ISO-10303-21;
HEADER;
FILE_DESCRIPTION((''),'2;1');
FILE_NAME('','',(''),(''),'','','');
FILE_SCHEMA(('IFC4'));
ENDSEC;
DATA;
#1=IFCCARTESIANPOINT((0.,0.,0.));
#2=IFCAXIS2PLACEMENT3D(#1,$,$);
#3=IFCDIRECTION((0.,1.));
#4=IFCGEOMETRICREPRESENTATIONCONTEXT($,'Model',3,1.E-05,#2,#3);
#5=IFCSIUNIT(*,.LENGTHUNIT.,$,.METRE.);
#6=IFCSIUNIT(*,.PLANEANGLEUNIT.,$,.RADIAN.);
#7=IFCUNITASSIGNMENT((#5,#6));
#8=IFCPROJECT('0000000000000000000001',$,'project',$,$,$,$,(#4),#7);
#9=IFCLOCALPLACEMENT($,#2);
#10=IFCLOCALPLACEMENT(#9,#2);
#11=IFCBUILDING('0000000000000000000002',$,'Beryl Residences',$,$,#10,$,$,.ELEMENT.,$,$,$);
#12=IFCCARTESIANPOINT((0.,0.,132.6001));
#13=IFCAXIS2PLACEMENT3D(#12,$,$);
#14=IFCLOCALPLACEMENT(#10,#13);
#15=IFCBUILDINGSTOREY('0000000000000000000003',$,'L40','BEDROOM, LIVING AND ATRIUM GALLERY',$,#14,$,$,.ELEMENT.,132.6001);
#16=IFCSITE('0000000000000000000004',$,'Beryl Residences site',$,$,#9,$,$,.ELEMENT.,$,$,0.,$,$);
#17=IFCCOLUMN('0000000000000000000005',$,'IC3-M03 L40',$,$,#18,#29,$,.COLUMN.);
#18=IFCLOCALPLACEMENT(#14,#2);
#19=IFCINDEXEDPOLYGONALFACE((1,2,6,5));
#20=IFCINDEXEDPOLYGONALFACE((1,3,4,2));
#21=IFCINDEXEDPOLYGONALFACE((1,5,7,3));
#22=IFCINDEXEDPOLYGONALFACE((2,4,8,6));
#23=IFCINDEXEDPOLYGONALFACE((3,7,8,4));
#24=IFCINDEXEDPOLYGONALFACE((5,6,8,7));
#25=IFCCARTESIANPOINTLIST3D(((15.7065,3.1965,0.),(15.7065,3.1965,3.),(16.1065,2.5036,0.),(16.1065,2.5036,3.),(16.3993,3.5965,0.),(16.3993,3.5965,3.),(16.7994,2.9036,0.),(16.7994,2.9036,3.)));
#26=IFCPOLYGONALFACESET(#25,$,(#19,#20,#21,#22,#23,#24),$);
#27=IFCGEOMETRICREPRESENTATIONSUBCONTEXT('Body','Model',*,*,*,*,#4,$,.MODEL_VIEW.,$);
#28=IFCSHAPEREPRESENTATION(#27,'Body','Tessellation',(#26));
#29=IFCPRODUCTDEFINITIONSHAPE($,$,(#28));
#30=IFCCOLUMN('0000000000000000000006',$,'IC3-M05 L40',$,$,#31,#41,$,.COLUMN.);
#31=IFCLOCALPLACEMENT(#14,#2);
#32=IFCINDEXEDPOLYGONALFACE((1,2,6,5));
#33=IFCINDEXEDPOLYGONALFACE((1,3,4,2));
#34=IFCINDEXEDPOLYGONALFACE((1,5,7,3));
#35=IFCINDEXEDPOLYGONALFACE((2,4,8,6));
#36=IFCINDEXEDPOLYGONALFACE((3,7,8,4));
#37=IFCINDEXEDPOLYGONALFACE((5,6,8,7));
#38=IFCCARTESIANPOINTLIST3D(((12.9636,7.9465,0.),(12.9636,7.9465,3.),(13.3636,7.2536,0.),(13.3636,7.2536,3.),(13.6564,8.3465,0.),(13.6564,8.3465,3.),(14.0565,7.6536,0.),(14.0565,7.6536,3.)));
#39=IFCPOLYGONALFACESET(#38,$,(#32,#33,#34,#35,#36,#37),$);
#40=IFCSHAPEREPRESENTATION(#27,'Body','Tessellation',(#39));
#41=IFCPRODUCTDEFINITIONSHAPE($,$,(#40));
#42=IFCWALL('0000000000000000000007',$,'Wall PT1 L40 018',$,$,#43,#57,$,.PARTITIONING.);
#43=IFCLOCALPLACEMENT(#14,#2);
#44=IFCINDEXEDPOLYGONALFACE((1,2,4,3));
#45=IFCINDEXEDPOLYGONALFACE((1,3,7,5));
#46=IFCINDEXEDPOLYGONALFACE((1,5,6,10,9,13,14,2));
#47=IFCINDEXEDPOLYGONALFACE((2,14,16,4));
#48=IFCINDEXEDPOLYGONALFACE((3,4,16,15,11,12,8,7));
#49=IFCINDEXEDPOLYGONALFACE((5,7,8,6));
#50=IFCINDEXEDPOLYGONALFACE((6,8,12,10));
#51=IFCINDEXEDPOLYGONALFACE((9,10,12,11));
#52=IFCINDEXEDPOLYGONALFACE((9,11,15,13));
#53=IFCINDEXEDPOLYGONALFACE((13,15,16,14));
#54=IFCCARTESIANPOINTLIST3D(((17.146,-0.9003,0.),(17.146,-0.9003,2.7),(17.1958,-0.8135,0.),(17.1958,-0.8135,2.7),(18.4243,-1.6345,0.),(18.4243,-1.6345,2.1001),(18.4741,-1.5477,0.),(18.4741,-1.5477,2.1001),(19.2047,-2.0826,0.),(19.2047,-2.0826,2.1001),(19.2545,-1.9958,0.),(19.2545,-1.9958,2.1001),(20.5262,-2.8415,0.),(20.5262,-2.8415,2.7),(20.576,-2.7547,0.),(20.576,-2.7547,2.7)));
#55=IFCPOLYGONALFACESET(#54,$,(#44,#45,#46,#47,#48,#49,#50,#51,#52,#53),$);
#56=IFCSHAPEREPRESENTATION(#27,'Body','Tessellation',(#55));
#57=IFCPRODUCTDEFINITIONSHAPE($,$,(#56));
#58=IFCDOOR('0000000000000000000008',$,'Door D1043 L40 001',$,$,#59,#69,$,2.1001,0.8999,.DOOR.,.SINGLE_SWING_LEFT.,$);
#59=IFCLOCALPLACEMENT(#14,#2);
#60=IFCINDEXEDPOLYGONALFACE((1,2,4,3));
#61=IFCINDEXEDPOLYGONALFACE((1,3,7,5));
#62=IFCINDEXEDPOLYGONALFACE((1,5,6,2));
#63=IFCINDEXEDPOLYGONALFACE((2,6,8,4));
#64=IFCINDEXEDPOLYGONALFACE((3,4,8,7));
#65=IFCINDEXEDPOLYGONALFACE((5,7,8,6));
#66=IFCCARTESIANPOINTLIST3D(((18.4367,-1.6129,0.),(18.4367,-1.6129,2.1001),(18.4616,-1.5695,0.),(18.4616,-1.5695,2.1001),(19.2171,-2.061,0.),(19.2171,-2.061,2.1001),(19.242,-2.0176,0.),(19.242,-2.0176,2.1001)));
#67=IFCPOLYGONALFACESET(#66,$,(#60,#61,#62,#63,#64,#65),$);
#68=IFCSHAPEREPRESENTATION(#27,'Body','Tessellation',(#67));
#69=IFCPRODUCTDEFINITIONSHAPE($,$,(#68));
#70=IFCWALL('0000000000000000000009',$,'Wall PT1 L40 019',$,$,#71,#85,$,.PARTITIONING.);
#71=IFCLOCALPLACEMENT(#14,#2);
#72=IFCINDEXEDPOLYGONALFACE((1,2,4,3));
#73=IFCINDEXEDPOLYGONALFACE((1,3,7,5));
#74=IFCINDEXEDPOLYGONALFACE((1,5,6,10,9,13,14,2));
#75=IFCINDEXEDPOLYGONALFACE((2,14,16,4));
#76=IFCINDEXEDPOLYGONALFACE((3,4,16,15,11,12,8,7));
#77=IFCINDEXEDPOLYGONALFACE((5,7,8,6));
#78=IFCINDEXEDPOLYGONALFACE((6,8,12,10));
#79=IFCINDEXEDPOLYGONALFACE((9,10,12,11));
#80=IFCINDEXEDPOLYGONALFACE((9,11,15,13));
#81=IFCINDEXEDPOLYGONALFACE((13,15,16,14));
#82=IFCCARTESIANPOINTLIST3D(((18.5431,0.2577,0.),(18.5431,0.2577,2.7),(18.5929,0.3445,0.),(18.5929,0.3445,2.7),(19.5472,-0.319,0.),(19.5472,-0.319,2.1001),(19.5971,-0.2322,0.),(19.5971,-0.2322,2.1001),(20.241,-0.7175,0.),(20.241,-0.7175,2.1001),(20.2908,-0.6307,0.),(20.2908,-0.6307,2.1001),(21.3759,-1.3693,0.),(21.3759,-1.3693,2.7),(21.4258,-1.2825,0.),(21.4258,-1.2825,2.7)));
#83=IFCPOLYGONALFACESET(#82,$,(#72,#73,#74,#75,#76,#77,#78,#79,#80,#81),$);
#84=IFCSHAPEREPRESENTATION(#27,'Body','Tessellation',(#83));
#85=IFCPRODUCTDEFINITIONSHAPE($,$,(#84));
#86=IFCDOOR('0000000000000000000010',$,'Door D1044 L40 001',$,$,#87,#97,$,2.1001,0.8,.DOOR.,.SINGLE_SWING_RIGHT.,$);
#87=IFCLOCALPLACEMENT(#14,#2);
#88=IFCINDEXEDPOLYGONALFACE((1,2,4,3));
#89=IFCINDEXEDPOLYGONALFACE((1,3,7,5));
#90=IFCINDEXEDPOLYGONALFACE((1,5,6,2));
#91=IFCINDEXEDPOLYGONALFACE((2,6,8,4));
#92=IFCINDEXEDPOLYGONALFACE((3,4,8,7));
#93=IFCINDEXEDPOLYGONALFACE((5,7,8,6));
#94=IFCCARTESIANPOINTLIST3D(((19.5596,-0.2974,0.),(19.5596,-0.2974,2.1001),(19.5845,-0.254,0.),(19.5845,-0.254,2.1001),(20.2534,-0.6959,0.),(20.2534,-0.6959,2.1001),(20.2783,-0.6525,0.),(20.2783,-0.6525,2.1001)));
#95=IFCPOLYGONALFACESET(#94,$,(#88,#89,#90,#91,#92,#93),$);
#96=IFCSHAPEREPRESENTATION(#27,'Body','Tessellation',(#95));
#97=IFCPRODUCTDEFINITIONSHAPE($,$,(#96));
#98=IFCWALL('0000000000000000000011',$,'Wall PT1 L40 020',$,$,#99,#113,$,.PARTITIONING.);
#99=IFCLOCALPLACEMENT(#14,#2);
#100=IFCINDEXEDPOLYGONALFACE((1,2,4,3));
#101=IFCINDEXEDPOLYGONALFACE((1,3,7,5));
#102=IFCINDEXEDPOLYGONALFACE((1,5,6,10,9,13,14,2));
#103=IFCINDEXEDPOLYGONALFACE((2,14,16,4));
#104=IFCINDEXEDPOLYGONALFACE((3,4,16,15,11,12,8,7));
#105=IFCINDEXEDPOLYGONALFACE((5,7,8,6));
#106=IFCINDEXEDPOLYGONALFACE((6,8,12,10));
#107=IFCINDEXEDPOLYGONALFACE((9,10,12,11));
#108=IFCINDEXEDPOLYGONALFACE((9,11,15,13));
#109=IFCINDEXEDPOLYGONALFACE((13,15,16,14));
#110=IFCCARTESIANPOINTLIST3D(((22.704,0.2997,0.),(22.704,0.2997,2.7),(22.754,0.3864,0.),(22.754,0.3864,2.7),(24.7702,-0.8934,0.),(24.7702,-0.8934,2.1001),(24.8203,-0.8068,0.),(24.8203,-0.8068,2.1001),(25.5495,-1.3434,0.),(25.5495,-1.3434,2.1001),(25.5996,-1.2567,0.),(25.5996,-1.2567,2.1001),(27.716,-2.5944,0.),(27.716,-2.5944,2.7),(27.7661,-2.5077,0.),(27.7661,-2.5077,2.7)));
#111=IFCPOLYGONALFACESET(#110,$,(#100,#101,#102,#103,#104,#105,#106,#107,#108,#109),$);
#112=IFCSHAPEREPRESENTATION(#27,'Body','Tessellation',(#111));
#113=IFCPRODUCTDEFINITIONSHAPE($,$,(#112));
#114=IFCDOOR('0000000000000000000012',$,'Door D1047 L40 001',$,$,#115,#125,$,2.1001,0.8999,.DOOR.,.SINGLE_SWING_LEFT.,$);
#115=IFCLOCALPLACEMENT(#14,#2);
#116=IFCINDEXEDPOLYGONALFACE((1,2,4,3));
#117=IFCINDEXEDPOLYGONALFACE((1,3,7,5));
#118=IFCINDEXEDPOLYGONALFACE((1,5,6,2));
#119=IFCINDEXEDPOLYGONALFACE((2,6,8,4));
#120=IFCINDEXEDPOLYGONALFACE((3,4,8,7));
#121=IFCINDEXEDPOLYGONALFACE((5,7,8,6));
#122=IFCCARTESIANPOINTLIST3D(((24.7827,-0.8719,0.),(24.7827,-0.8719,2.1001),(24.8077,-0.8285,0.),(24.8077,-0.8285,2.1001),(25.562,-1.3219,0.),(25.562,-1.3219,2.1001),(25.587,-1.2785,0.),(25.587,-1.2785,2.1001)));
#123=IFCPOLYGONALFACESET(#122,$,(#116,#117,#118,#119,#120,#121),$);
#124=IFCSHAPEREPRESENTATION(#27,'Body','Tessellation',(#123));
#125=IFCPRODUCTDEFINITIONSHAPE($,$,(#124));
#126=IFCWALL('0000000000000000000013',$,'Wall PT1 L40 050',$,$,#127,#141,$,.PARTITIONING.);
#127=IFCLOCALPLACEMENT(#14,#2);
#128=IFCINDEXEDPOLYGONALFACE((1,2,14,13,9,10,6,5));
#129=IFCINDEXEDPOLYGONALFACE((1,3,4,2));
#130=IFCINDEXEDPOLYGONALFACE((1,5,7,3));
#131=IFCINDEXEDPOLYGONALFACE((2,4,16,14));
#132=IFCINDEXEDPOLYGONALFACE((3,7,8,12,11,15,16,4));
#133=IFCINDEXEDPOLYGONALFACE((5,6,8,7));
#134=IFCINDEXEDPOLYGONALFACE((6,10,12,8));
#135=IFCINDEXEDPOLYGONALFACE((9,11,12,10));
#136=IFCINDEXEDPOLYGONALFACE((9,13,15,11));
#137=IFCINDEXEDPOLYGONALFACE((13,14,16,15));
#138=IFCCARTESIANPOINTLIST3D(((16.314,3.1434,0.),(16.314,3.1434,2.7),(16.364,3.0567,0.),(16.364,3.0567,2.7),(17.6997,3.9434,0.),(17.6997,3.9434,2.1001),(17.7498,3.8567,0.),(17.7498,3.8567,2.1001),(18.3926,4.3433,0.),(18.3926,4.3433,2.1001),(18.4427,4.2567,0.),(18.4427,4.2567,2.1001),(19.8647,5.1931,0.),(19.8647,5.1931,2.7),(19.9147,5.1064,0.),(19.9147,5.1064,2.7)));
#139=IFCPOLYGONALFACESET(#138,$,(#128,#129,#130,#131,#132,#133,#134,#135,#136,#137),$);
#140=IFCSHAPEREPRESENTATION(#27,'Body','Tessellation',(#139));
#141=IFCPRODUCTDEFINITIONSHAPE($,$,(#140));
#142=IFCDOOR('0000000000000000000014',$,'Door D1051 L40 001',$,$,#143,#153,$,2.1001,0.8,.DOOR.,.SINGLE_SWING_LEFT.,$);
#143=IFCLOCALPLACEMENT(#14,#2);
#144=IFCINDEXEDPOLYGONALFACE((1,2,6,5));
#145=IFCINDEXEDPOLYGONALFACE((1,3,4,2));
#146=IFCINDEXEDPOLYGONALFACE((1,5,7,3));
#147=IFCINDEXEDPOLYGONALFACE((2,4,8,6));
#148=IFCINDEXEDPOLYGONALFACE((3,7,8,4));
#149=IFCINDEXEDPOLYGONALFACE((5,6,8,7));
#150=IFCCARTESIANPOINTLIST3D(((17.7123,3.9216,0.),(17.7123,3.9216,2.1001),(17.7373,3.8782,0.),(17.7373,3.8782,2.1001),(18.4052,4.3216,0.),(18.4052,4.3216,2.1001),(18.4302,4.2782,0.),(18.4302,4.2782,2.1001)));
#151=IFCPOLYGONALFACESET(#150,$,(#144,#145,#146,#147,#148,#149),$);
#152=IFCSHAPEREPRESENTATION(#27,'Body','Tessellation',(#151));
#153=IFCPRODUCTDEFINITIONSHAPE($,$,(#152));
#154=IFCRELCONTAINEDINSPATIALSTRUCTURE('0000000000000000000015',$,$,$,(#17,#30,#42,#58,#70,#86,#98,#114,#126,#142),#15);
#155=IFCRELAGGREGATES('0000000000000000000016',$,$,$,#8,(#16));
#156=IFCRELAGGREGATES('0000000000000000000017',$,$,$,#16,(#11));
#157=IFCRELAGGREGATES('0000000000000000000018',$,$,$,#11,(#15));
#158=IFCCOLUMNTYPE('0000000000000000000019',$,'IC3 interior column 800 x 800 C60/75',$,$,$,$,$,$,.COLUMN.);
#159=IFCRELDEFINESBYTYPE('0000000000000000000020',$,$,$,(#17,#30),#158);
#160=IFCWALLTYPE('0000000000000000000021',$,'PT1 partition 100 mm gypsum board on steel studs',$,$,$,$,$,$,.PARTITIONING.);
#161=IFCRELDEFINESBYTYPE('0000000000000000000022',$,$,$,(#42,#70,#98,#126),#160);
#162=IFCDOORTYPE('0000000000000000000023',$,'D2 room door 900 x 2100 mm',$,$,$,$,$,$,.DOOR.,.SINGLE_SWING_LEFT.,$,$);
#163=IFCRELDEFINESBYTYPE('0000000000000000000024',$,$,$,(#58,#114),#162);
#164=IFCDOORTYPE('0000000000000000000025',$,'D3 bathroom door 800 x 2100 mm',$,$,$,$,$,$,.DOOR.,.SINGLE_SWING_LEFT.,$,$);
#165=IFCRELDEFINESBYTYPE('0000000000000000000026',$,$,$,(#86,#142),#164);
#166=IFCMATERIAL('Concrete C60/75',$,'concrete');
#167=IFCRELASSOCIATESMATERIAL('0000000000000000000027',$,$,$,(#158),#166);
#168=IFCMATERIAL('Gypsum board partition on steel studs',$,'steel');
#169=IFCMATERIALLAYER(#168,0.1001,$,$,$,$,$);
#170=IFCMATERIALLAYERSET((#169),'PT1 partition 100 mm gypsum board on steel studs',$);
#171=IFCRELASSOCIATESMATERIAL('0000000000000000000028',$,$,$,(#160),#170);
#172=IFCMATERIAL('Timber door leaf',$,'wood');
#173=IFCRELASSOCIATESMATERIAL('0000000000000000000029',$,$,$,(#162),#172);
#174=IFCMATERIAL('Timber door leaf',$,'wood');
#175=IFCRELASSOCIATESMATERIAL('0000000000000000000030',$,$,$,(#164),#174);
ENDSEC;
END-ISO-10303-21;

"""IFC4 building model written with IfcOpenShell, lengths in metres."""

from ifc_helpers import new_model, si_unit, direction, frame, frame_2d, origin, origin_2d, place, context, subcontext, project, spatial, rectangle, extrude, material, layer, layer_set, material_profile, profile_set, type_object, element, fill, save


model = new_model("IFC4")

# Units and contexts
model_context = context("Model", 3, precision=1e-05, world=origin(), true_north=direction((0.0, 1.0)))
body_context = subcontext(model_context, "Body", "Model", "MODEL_VIEW")
ifc_project = project(units=[si_unit("LENGTHUNIT", "METRE"), si_unit("PLANEANGLEUNIT", "RADIAN")], contexts=[model_context])

# Site, building, storey
site_placement = place(None, origin())
site = spatial("IfcSite", under=ifc_project, at=site_placement, Name="Beryl Residences site", CompositionType="ELEMENT", RefElevation=0.0)
building_placement = place(site_placement, origin())
building = spatial("IfcBuilding", under=site, at=building_placement, Name="Beryl Residences", CompositionType="ELEMENT")
storey_placement = place(building_placement, frame((0.0, 0.0, 132.6001)))
storey = spatial("IfcBuildingStorey", under=building, at=storey_placement, Name="L40", Description="BEDROOM, LIVING AND ATRIUM GALLERY", CompositionType="ELEMENT", Elevation=132.6001)

# Columns
ifc_material_1 = material(Name="Concrete C60/75", Category="concrete")
ifc_material_profile = material_profile(ifc_material_1, rectangle(XDim=0.8, YDim=0.8, at=origin_2d()))
ifc_profile_set = profile_set([ifc_material_profile], Name="Concrete C60/75")
column_type = type_object("IfcColumnType", Name="IC3 interior column 800 x 800 C60/75", PredefinedType="COLUMN", material=ifc_profile_set)
for number, where, z_axis, x_axis, name in (
    (1, (16.2529, 3.05, 0.0), (0.0, 0.0, 1.0), (-0.5, 0.866025, 0.0), "IC3-M03 L40"),
    (2, (13.51, 7.8, 0.0), (0.0, 0.0, 1.0), (-0.5, 0.866025, 0.0), "IC3-M05 L40"),
):
    element("IfcColumn", number, at=place(storey_placement, frame(where, z_axis=z_axis, x_axis=x_axis)), inside=storey, type_object=column_type, Name=name, PredefinedType="COLUMN", context=body_context, shape_type="SweptSolid", body=[
        extrude(rectangle(XDim=0.8, YDim=0.8, at=origin_2d()), origin(), (0.0, 0.0, 1.0), 3.0),
    ])

# Walls, openings, doors
ifc_material_2 = material(Name="Gypsum board partition on steel studs", Category="steel")
ifc_layer_1 = layer(ifc_material_2, 0.1001)
ifc_layer_set_1 = layer_set([ifc_layer_1], Name="PT1 partition 100 mm gypsum board on steel studs")
wall_type_1 = type_object("IfcWallType", Name="PT1 partition 100 mm gypsum board on steel studs", PredefinedType="PARTITIONING", material=ifc_layer_set_1)
wall_1_placement = place(storey_placement, frame((17.1709, -0.8569, 0.0), z_axis=(0.0, 0.0, 1.0), x_axis=(0.867173, -0.498006, 0.0)))
wall_1 = element("IfcWall", 3, at=wall_1_placement, inside=storey, type_object=wall_type_1, Name="Wall PT1 L40 018", PredefinedType="PARTITIONING", context=body_context, shape_type="SweptSolid", body=[
    extrude(rectangle(XDim=3.8979, YDim=0.1001, at=frame_2d((1.949, 0.0))), origin(), (0.0, 0.0, 1.0), 2.7),
])
opening_1_placement = place(wall_1_placement, frame((1.4741, 0.0, 0.0)))
opening_1 = element("IfcOpeningElement", 4, at=opening_1_placement, cuts=wall_1, PredefinedType="OPENING", context=body_context, shape_type="SweptSolid", body=[
    extrude(rectangle(XDim=0.8999, YDim=2.1001, at=frame_2d((0.45, 1.05))), frame((0.0, 0.0601, 0.0), z_axis=(0.0, -1.0, 0.0), x_axis=(1.0, 0.0, 0.0)), (0.0, 0.0, 1.0), 0.1201),
])
ifc_material_3 = material(Name="Timber door leaf", Category="wood")
door_type_1 = type_object("IfcDoorType", Name="D2 room door 900 x 2100 mm", OperationType="SINGLE_SWING_LEFT", PredefinedType="DOOR", material=ifc_material_3)
door_1_placement = place(opening_1_placement, origin())
door_1 = element("IfcDoor", 5, at=door_1_placement, inside=storey, type_object=door_type_1, Name="Door D1043 L40 001", OperationType="SINGLE_SWING_LEFT", OverallHeight=2.1001, OverallWidth=0.8999, PredefinedType="DOOR", context=body_context, shape_type="SweptSolid", body=[
    extrude(rectangle(XDim=0.8999, YDim=2.1001, at=frame_2d((0.45, 1.05))), frame((0.0, 0.0249, 0.0), z_axis=(0.0, -1.0, 0.0), x_axis=(1.0, 0.0, 0.0)), (0.0, 0.0, 1.0), 0.05),
])
fill(opening_1, door_1)
wall_2_placement = place(storey_placement, frame((18.5681, 0.301, 0.0), z_axis=(0.0, 0.0, 1.0), x_axis=(0.867156, -0.498037, 0.0)))
wall_2 = element("IfcWall", 6, at=wall_2_placement, inside=storey, type_object=wall_type_1, Name="Wall PT1 L40 019", PredefinedType="PARTITIONING", context=body_context, shape_type="SweptSolid", body=[
    extrude(rectangle(XDim=3.2668, YDim=0.1001, at=frame_2d((1.6333, 0.0))), origin(), (0.0, 0.0, 1.0), 2.7),
])
opening_2_placement = place(wall_2_placement, frame((1.158, 0.0, 0.0)))
opening_2 = element("IfcOpeningElement", 7, at=opening_2_placement, cuts=wall_2, PredefinedType="OPENING", context=body_context, shape_type="SweptSolid", body=[
    extrude(rectangle(XDim=0.8, YDim=2.1001, at=frame_2d((0.3999, 1.05))), frame((0.0, 0.0601, 0.0), z_axis=(0.0, -1.0, 0.0), x_axis=(1.0, 0.0, 0.0)), (0.0, 0.0, 1.0), 0.1201),
])
ifc_material_4 = material(Name="Timber door leaf", Category="wood")
door_type_2 = type_object("IfcDoorType", Name="D3 bathroom door 800 x 2100 mm", OperationType="SINGLE_SWING_LEFT", PredefinedType="DOOR", material=ifc_material_4)
door_2_placement = place(opening_2_placement, origin())
door_2 = element("IfcDoor", 8, at=door_2_placement, inside=storey, type_object=door_type_2, Name="Door D1044 L40 001", OperationType="SINGLE_SWING_RIGHT", OverallHeight=2.1001, OverallWidth=0.8, PredefinedType="DOOR", context=body_context, shape_type="SweptSolid", body=[
    extrude(rectangle(XDim=0.8, YDim=2.1001, at=frame_2d((0.3999, 1.05))), frame((0.0, 0.0249, 0.0), z_axis=(0.0, -1.0, 0.0), x_axis=(1.0, 0.0, 0.0)), (0.0, 0.0, 1.0), 0.05),
])
fill(opening_2, door_2)
wall_3_placement = place(storey_placement, frame((22.729, 0.343, 0.0), z_axis=(0.0, 0.0, 1.0), x_axis=(0.865997, -0.50005, 0.0)))
wall_3 = element("IfcWall", 9, at=wall_3_placement, inside=storey, type_object=wall_type_1, Name="Wall PT1 L40 020", PredefinedType="PARTITIONING", context=body_context, shape_type="SweptSolid", body=[
    extrude(rectangle(XDim=5.7876, YDim=0.1001, at=frame_2d((2.8938, 0.0))), origin(), (0.0, 0.0, 1.0), 2.7),
])
opening_3_placement = place(wall_3_placement, frame((2.386, 0.0, 0.0)))
opening_3 = element("IfcOpeningElement", 10, at=opening_3_placement, cuts=wall_3, PredefinedType="OPENING", context=body_context, shape_type="SweptSolid", body=[
    extrude(rectangle(XDim=0.8999, YDim=2.1001, at=frame_2d((0.45, 1.05))), frame((0.0, 0.0601, 0.0), z_axis=(0.0, -1.0, 0.0), x_axis=(1.0, 0.0, 0.0)), (0.0, 0.0, 1.0), 0.1201),
])
door_3_placement = place(opening_3_placement, origin())
door_3 = element("IfcDoor", 11, at=door_3_placement, inside=storey, type_object=door_type_1, Name="Door D1047 L40 001", OperationType="SINGLE_SWING_LEFT", OverallHeight=2.1001, OverallWidth=0.8999, PredefinedType="DOOR", context=body_context, shape_type="SweptSolid", body=[
    extrude(rectangle(XDim=0.8999, YDim=2.1001, at=frame_2d((0.45, 1.05))), frame((0.0, 0.0249, 0.0), z_axis=(0.0, -1.0, 0.0), x_axis=(1.0, 0.0, 0.0)), (0.0, 0.0, 1.0), 0.05),
])
fill(opening_3, door_3)
wall_4_placement = place(storey_placement, frame((16.3391, 3.1001, 0.0), z_axis=(0.0, 0.0, 1.0), x_axis=(0.866051, 0.499956, 0.0)))
wall_4 = element("IfcWall", 12, at=wall_4_placement, inside=storey, type_object=wall_type_1, Name="Wall PT1 L40 050", PredefinedType="PARTITIONING", context=body_context, shape_type="SweptSolid", body=[
    extrude(rectangle(XDim=4.0999, YDim=0.1001, at=frame_2d((2.0498, 0.0))), origin(), (0.0, 0.0, 1.0), 2.7),
])
opening_4_placement = place(wall_4_placement, frame((1.6001, 0.0, 0.0)))
opening_4 = element("IfcOpeningElement", 13, at=opening_4_placement, cuts=wall_4, PredefinedType="OPENING", context=body_context, shape_type="SweptSolid", body=[
    extrude(rectangle(XDim=0.8, YDim=2.1001, at=frame_2d((0.3999, 1.05))), frame((0.0, 0.0601, 0.0), z_axis=(0.0, -1.0, 0.0), x_axis=(1.0, 0.0, 0.0)), (0.0, 0.0, 1.0), 0.1201),
])
door_4_placement = place(opening_4_placement, origin())
door_4 = element("IfcDoor", 14, at=door_4_placement, inside=storey, type_object=door_type_2, Name="Door D1051 L40 001", OperationType="SINGLE_SWING_LEFT", OverallHeight=2.1001, OverallWidth=0.8, PredefinedType="DOOR", context=body_context, shape_type="SweptSolid", body=[
    extrude(rectangle(XDim=0.8, YDim=2.1001, at=frame_2d((0.3999, 1.05))), frame((0.0, 0.0249, 0.0), z_axis=(0.0, -1.0, 0.0), x_axis=(1.0, 0.0, 0.0)), (0.0, 0.0, 1.0), 0.05),
])
fill(opening_4, door_4)

save(model, "model.ifc")
